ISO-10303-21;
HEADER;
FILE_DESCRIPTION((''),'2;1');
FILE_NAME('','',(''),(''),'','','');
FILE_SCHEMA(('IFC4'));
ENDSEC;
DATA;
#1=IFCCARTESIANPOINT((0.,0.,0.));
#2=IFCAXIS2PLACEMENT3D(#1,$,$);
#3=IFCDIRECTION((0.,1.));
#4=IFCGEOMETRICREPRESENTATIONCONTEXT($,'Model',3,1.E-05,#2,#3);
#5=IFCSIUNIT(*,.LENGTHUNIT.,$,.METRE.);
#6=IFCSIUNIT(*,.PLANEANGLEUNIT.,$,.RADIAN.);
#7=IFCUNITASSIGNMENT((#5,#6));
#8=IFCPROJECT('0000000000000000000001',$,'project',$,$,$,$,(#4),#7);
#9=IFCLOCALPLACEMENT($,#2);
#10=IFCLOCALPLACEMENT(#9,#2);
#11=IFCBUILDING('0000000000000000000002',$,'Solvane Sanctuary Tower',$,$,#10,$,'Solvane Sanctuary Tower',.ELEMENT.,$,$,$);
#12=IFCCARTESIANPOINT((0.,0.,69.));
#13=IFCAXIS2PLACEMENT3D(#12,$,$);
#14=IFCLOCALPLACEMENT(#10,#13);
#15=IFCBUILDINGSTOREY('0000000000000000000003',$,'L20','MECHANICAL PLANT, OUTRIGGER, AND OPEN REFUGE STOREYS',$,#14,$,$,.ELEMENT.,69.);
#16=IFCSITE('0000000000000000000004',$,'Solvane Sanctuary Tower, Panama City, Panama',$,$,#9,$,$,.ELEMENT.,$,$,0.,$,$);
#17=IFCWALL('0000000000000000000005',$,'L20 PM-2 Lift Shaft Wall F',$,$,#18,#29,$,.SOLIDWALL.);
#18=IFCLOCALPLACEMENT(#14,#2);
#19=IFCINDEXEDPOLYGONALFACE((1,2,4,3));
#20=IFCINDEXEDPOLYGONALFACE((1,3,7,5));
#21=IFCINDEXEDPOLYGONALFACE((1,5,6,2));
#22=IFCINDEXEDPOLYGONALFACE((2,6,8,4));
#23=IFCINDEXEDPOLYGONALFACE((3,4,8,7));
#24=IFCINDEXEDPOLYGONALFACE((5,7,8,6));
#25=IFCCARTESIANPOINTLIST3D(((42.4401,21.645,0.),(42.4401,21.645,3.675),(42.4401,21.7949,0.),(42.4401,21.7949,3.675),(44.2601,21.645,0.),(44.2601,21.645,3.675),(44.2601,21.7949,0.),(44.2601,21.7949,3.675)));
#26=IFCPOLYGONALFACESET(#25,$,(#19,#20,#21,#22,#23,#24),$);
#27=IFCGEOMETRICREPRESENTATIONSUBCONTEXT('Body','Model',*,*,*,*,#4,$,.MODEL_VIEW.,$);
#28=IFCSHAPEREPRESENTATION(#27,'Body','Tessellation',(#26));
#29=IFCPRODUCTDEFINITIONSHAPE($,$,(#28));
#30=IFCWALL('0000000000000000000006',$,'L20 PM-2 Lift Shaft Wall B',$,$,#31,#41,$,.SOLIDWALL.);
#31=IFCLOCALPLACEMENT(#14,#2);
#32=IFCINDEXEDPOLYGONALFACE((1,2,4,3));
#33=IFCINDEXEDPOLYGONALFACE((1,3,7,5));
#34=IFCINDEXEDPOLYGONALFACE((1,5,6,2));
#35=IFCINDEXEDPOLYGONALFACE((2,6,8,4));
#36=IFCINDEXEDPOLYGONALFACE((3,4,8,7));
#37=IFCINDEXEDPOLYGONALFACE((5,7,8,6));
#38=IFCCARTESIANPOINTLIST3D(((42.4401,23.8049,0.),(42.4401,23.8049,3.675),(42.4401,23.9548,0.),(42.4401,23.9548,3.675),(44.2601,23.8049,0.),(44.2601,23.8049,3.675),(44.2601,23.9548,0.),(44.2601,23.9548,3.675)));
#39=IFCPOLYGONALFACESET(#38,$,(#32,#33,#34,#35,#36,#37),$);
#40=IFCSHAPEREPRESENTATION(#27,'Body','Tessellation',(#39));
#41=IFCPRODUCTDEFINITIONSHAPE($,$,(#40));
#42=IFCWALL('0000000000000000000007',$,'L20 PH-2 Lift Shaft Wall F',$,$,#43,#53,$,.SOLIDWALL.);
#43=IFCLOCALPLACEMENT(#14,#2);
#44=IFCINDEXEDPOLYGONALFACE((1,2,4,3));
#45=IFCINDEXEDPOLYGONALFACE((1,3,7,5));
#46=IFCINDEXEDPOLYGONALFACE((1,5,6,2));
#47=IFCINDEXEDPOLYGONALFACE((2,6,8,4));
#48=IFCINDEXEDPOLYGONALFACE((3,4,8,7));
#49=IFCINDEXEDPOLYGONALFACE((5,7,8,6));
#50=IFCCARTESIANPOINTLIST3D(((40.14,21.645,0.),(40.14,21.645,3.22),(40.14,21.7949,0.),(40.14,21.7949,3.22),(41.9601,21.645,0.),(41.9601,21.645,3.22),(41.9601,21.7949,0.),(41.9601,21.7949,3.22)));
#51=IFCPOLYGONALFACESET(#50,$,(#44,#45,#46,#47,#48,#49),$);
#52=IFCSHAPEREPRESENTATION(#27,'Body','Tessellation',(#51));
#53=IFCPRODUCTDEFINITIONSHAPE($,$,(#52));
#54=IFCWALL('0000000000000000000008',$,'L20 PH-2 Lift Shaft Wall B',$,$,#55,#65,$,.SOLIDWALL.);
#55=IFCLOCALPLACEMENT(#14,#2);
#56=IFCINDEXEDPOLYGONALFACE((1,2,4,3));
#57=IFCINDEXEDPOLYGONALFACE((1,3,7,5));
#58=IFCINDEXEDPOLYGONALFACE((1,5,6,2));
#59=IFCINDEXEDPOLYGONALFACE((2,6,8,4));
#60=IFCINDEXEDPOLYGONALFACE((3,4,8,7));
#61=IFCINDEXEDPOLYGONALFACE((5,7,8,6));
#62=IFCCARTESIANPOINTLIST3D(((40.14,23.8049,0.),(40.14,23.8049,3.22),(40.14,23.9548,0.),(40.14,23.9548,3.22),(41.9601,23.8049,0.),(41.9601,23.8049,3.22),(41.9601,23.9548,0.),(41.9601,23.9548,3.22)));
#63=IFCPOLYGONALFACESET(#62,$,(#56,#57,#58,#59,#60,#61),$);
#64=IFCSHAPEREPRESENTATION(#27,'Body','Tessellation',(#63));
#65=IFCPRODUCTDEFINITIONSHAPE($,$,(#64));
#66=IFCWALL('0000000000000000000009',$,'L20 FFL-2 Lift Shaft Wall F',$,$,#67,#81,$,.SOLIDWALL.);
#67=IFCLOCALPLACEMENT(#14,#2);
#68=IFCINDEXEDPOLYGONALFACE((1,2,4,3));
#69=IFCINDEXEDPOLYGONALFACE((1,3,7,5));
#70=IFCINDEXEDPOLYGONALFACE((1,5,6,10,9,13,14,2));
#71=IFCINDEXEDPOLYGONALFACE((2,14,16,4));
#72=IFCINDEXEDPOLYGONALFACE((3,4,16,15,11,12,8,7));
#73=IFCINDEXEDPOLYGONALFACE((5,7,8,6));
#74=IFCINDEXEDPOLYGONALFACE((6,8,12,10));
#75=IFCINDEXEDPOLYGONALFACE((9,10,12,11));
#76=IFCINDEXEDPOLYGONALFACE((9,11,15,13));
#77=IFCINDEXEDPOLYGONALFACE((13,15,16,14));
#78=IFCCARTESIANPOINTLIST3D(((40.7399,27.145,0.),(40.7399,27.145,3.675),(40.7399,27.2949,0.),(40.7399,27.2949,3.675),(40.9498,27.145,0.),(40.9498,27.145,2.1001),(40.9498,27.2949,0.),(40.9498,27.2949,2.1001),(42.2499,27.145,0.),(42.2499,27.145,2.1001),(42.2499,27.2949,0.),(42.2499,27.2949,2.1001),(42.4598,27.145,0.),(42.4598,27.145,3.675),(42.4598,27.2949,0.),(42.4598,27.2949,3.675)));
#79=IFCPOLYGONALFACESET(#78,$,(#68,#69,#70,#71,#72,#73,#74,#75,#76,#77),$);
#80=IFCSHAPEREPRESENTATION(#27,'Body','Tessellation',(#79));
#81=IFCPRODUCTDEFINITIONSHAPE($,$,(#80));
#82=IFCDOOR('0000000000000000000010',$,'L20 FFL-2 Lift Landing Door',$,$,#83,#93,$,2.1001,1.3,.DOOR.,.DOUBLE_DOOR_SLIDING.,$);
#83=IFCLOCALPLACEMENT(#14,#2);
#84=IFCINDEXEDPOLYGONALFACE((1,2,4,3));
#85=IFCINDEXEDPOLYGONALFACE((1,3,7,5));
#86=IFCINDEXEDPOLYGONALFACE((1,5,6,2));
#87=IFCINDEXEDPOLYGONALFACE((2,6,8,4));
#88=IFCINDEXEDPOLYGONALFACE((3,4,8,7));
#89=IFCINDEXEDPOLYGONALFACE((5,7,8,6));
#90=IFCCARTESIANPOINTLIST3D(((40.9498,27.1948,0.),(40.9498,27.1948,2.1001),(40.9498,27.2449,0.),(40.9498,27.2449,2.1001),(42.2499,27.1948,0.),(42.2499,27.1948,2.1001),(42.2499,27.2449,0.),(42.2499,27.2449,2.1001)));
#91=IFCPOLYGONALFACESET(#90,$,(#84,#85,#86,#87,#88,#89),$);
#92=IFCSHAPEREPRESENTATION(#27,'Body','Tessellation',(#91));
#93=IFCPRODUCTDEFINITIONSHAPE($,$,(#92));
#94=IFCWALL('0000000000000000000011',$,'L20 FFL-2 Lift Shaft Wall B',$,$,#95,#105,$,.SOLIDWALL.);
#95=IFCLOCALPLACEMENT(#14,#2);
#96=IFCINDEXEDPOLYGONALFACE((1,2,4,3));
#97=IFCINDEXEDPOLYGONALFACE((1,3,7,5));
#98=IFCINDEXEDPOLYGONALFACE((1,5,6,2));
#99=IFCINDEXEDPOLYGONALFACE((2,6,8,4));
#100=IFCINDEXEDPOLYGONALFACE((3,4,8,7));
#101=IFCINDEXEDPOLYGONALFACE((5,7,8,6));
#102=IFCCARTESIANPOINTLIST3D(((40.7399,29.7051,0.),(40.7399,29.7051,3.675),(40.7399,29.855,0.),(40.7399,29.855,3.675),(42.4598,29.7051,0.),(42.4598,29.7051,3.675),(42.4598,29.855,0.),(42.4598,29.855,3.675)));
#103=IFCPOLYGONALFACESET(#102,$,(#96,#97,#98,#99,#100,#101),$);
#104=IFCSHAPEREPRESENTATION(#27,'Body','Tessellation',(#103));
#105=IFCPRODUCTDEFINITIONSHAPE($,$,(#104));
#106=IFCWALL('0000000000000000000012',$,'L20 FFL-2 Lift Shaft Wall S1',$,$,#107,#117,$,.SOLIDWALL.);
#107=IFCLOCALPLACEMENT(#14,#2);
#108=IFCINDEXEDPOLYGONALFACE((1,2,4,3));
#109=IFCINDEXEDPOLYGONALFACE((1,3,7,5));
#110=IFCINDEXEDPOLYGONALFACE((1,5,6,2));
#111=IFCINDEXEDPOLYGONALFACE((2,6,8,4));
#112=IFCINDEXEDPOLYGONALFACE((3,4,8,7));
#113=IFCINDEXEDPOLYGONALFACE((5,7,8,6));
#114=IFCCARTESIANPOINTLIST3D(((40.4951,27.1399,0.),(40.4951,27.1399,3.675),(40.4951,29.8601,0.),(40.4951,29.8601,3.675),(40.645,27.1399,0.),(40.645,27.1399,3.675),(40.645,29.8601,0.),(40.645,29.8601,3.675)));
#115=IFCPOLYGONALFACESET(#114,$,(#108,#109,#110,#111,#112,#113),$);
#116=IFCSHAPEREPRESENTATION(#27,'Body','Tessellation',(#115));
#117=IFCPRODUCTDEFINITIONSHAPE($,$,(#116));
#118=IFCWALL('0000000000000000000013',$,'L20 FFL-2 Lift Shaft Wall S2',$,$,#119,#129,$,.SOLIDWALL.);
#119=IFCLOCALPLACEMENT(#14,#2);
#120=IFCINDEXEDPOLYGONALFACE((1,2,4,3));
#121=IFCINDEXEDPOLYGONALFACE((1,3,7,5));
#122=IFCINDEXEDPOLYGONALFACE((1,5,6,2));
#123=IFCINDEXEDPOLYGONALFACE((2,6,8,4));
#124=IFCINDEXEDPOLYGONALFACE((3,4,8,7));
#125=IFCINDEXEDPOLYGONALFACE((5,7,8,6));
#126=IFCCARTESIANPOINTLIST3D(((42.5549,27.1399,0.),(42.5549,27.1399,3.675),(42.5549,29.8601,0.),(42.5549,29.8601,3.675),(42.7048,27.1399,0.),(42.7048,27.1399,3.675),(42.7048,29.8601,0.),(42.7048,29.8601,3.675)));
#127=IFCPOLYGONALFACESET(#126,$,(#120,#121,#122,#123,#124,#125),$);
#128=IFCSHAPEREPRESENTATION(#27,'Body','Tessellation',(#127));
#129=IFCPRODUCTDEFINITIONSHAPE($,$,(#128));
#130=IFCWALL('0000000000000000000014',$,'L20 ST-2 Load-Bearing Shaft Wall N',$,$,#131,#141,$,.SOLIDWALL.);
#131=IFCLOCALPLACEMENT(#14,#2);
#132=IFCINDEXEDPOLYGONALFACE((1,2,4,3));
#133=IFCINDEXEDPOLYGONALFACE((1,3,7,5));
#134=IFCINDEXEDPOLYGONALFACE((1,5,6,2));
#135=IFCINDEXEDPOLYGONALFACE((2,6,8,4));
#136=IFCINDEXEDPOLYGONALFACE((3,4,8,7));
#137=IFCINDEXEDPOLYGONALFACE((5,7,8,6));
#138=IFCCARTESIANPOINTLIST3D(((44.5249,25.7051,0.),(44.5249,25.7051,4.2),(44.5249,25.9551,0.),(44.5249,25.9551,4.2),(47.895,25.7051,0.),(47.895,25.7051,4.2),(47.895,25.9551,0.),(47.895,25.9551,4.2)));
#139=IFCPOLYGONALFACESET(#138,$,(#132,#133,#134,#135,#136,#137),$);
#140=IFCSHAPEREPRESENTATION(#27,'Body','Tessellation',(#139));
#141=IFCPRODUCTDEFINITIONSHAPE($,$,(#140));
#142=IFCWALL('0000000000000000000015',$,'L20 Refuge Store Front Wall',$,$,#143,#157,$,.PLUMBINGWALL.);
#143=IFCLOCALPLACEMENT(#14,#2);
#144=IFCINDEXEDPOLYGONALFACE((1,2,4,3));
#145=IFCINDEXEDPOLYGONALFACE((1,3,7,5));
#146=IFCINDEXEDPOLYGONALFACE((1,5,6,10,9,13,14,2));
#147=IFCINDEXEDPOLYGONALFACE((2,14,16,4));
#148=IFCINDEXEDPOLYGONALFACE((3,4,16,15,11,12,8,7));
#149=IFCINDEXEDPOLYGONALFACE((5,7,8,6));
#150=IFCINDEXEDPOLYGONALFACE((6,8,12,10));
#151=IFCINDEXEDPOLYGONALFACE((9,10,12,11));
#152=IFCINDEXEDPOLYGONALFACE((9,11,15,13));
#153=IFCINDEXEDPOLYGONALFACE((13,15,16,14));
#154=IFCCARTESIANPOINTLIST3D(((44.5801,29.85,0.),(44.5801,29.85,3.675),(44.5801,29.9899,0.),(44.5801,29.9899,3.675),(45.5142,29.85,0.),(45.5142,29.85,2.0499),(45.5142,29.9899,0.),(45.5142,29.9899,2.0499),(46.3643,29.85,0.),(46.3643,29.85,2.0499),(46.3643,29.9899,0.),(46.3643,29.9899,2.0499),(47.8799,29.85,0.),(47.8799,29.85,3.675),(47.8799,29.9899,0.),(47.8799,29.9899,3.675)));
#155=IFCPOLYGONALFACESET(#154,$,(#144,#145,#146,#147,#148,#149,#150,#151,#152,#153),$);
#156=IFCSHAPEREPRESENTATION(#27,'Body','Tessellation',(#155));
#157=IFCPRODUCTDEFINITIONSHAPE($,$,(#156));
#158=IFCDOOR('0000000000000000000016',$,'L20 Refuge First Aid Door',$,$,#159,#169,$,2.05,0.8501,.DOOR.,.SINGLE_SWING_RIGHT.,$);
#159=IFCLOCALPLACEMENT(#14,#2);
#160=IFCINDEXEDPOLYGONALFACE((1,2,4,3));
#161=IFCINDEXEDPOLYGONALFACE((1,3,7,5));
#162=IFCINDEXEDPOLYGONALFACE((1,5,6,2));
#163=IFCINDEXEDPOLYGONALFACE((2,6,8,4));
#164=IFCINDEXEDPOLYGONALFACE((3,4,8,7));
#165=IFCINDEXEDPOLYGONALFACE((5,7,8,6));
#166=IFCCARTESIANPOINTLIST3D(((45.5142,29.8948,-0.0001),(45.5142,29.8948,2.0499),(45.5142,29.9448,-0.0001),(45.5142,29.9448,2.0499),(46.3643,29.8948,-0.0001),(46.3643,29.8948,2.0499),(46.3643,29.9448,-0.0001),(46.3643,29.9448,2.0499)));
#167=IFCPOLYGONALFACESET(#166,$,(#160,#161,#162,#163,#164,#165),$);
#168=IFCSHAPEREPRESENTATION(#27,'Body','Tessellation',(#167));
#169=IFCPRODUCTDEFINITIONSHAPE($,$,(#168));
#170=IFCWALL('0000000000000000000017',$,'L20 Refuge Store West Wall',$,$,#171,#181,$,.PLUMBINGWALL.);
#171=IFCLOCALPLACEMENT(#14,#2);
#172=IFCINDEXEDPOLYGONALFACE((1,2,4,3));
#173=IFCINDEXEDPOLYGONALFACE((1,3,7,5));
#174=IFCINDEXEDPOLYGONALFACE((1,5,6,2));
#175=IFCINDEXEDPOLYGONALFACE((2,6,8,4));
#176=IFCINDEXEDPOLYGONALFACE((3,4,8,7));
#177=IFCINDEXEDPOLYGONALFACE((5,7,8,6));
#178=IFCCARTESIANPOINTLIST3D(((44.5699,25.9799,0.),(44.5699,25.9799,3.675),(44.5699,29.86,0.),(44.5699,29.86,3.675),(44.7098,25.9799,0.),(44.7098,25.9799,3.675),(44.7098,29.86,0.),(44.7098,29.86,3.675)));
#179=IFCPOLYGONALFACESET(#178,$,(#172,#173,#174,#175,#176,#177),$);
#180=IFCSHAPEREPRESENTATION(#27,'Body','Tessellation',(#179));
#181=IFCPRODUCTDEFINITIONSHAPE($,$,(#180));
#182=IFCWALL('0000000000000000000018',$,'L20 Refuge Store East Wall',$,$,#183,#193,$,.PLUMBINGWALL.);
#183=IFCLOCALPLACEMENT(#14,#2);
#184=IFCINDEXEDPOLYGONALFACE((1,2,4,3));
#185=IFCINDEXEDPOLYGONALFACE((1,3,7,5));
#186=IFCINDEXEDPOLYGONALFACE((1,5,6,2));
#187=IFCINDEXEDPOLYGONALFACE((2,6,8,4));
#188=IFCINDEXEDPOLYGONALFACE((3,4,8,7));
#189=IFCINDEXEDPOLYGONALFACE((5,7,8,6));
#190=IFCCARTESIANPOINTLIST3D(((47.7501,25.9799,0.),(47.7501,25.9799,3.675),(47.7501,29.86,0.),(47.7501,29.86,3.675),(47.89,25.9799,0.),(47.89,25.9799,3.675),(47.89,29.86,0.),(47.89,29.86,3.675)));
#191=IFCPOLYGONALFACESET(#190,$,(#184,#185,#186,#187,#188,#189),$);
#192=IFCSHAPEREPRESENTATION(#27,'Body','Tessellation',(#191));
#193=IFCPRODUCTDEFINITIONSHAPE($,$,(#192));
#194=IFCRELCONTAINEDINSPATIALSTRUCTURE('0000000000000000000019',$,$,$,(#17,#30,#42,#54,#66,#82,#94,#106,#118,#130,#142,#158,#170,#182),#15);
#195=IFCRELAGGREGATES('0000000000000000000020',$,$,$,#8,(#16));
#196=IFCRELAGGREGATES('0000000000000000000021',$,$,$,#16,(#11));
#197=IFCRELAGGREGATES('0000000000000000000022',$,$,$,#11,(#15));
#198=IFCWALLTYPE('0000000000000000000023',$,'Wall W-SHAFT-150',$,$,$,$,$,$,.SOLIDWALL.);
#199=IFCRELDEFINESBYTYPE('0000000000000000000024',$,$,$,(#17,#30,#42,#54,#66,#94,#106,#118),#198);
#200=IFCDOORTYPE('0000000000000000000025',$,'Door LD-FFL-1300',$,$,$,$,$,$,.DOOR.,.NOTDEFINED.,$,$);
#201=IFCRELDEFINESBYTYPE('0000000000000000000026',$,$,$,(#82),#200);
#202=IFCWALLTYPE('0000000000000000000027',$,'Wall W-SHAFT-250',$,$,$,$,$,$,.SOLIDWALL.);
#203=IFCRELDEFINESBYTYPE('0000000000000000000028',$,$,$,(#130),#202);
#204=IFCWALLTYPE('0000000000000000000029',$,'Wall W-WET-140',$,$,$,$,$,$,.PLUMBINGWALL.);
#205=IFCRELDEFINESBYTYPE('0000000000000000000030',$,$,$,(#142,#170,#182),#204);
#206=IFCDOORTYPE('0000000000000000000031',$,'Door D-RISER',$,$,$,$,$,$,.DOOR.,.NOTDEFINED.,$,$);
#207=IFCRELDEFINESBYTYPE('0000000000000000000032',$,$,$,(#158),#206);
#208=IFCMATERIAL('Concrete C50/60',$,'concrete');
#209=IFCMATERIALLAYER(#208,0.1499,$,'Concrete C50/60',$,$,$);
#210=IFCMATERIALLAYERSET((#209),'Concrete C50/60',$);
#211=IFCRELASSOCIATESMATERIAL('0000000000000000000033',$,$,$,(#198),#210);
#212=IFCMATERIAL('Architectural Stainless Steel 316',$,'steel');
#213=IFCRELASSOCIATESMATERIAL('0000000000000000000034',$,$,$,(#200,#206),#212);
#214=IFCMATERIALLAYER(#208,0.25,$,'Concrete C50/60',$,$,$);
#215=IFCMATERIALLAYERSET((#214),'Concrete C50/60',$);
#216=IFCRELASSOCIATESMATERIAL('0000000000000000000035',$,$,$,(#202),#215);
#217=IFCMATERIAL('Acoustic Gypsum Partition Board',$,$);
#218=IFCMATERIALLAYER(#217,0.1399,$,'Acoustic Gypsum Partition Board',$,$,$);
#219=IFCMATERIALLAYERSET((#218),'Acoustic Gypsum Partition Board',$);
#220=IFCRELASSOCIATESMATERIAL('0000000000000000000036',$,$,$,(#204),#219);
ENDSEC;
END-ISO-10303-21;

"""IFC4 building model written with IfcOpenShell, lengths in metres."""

from ifc_helpers import new_model, si_unit, direction, frame, frame_2d, origin, place, context, subcontext, project, spatial, rectangle, extrude, material, layer, layer_set, type_object, element, fill, save


model = new_model("IFC4")

# Units and contexts
model_context = context("Model", 3, precision=1e-05, world=origin(), true_north=direction((0.0, 1.0)))
body_context = subcontext(model_context, "Body", "Model", "MODEL_VIEW")
ifc_project = project(units=[si_unit("LENGTHUNIT", "METRE"), si_unit("PLANEANGLEUNIT", "RADIAN")], contexts=[model_context])

# Site, building, storey
site_placement = place(None, origin())
site = spatial("IfcSite", under=ifc_project, at=site_placement, Name="Solvane Sanctuary Tower, Panama City, Panama", CompositionType="ELEMENT", RefElevation=0.0)
building_placement = place(site_placement, origin())
building = spatial("IfcBuilding", under=site, at=building_placement, Name="Solvane Sanctuary Tower", LongName="Solvane Sanctuary Tower", CompositionType="ELEMENT")
storey_placement = place(building_placement, frame((0.0, 0.0, 69.0)))
storey = spatial("IfcBuildingStorey", under=building, at=storey_placement, Name="L20", Description="MECHANICAL PLANT, OUTRIGGER, AND OPEN REFUGE STOREYS", CompositionType="ELEMENT", Elevation=69.0)

# Walls
ifc_material_1 = material(Name="Acoustic Gypsum Partition Board")
ifc_material_2 = material(Name="Concrete C50/60", Category="concrete")
ifc_layer_1 = layer(ifc_material_2, 0.1499, Name="Concrete C50/60")
ifc_layer_set_1 = layer_set([ifc_layer_1], Name="Concrete C50/60")
wall_type_1 = type_object("IfcWallType", Name="Wall W-SHAFT-150", PredefinedType="SOLIDWALL", material=ifc_layer_set_1)
for number, where, z_axis, x_axis, name in (
    (1, (42.4399, 21.72, 0.0), (0.0, 0.0, 1.0), (1.0, 0.0, 0.0), "L20 PM-2 Lift Shaft Wall F"),
    (2, (42.4399, 23.8799, 0.0), (0.0, 0.0, 1.0), (1.0, 0.0, 0.0), "L20 PM-2 Lift Shaft Wall B"),
):
    element("IfcWall", number, at=place(storey_placement, frame(where, z_axis=z_axis, x_axis=x_axis)), inside=storey, type_object=wall_type_1, Name=name, PredefinedType="SOLIDWALL", context=body_context, shape_type="SweptSolid", body=[
        extrude(rectangle(XDim=1.8201, YDim=0.1499, at=frame_2d((0.9102, 0.0))), origin(), (0.0, 0.0, 1.0), 3.675),
    ])
for number, where, z_axis, x_axis, name in (
    (3, (40.1399, 21.72, 0.0), (0.0, 0.0, 1.0), (1.0, 0.0, 0.0), "L20 PH-2 Lift Shaft Wall F"),
    (4, (40.1399, 23.8799, 0.0), (0.0, 0.0, 1.0), (1.0, 0.0, 0.0), "L20 PH-2 Lift Shaft Wall B"),
):
    element("IfcWall", number, at=place(storey_placement, frame(where, z_axis=z_axis, x_axis=x_axis)), inside=storey, type_object=wall_type_1, Name=name, PredefinedType="SOLIDWALL", context=body_context, shape_type="SweptSolid", body=[
        extrude(rectangle(XDim=1.8201, YDim=0.1499, at=frame_2d((0.9102, 0.0))), origin(), (0.0, 0.0, 1.0), 3.22),
    ])

# Wall, opening, door
wall_1_placement = place(storey_placement, frame((40.74, 27.22, 0.0), z_axis=(0.0, 0.0, 1.0), x_axis=(1.0, 0.0, 0.0)))
wall_1 = element("IfcWall", 5, at=wall_1_placement, inside=storey, type_object=wall_type_1, Name="L20 FFL-2 Lift Shaft Wall F", PredefinedType="SOLIDWALL", context=body_context, shape_type="SweptSolid", body=[
    extrude(rectangle(XDim=1.72, YDim=0.1499, at=frame_2d((0.8599, 0.0))), origin(), (0.0, 0.0, 1.0), 3.675),
])
opening_1_placement = place(wall_1_placement, frame((0.21, 0.0, 0.0)))
opening_1 = element("IfcOpeningElement", 6, at=opening_1_placement, cuts=wall_1, PredefinedType="OPENING", context=body_context, shape_type="SweptSolid", body=[
    extrude(rectangle(XDim=1.3, YDim=2.1001, at=frame_2d((0.6499, 1.05))), frame((0.0, 0.085, 0.0), z_axis=(0.0, -1.0, 0.0), x_axis=(1.0, 0.0, 0.0)), (0.0, 0.0, 1.0), 0.1699),
])
ifc_material_3 = material(Name="Architectural Stainless Steel 316", Category="steel")
door_type_1 = type_object("IfcDoorType", Name="Door LD-FFL-1300", OperationType="NOTDEFINED", PredefinedType="DOOR", material=ifc_material_3)
door_1_placement = place(opening_1_placement, origin())
door_1 = element("IfcDoor", 7, at=door_1_placement, inside=storey, type_object=door_type_1, Name="L20 FFL-2 Lift Landing Door", OperationType="DOUBLE_DOOR_SLIDING", OverallHeight=2.1001, OverallWidth=1.3, PredefinedType="DOOR", context=body_context, shape_type="SweptSolid", body=[
    extrude(rectangle(XDim=1.3, YDim=2.1001, at=frame_2d((0.6499, 1.05))), frame((0.0, 0.0249, 0.0), z_axis=(0.0, -1.0, 0.0), x_axis=(1.0, 0.0, 0.0)), (0.0, 0.0, 1.0), 0.05),
])
fill(opening_1, door_1)

# Walls
wall_2_placement = place(storey_placement, frame((40.74, 29.78, 0.0), z_axis=(0.0, 0.0, 1.0), x_axis=(1.0, 0.0, 0.0)))
element("IfcWall", 8, at=wall_2_placement, inside=storey, type_object=wall_type_1, Name="L20 FFL-2 Lift Shaft Wall B", PredefinedType="SOLIDWALL", context=body_context, shape_type="SweptSolid", body=[
    extrude(rectangle(XDim=1.72, YDim=0.1499, at=frame_2d((0.8599, 0.0))), origin(), (0.0, 0.0, 1.0), 3.675),
])
for number, where, z_axis, x_axis, name in (
    (9, (40.5701, 27.1399, 0.0), (0.0, 0.0, 1.0), (0.0, 1.0, 0.0), "L20 FFL-2 Lift Shaft Wall S1"),
    (10, (42.6299, 27.1399, 0.0), (0.0, 0.0, 1.0), (0.0, 1.0, 0.0), "L20 FFL-2 Lift Shaft Wall S2"),
):
    element("IfcWall", number, at=place(storey_placement, frame(where, z_axis=z_axis, x_axis=x_axis)), inside=storey, type_object=wall_type_1, Name=name, PredefinedType="SOLIDWALL", context=body_context, shape_type="SweptSolid", body=[
        extrude(rectangle(XDim=2.7202, YDim=0.1499, at=frame_2d((1.3601, 0.0))), origin(), (0.0, 0.0, 1.0), 3.675),
    ])
ifc_layer_2 = layer(ifc_material_2, 0.25, Name="Concrete C50/60")
ifc_layer_set_2 = layer_set([ifc_layer_2], Name="Concrete C50/60")
wall_type_2 = type_object("IfcWallType", Name="Wall W-SHAFT-250", PredefinedType="SOLIDWALL", material=ifc_layer_set_2)
wall_3_placement = place(storey_placement, frame((44.5249, 25.8301, 0.0), z_axis=(0.0, 0.0, 1.0), x_axis=(1.0, 0.0, 0.0)))
element("IfcWall", 11, at=wall_3_placement, inside=storey, type_object=wall_type_2, Name="L20 ST-2 Load-Bearing Shaft Wall N", PredefinedType="SOLIDWALL", context=body_context, shape_type="SweptSolid", body=[
    extrude(rectangle(XDim=3.3701, YDim=0.25, at=frame_2d((1.6851, 0.0))), origin(), (0.0, 0.0, 1.0), 4.2),
])

# Wall, opening, door
ifc_layer_3 = layer(ifc_material_1, 0.1399, Name="Acoustic Gypsum Partition Board")
ifc_layer_set_3 = layer_set([ifc_layer_3], Name="Acoustic Gypsum Partition Board")
wall_type_3 = type_object("IfcWallType", Name="Wall W-WET-140", PredefinedType="PLUMBINGWALL", material=ifc_layer_set_3)
wall_4_placement = place(storey_placement, frame((44.5801, 29.9199, 0.0), z_axis=(0.0, 0.0, 1.0), x_axis=(1.0, 0.0, 0.0)))
wall_4 = element("IfcWall", 12, at=wall_4_placement, inside=storey, type_object=wall_type_3, Name="L20 Refuge Store Front Wall", PredefinedType="PLUMBINGWALL", context=body_context, shape_type="SweptSolid", body=[
    extrude(rectangle(XDim=3.2998, YDim=0.1399, at=frame_2d((1.6499, 0.0))), origin(), (0.0, 0.0, 1.0), 3.675),
])
opening_2_placement = place(wall_4_placement, frame((0.9341, 0.0, 0.0)))
opening_2 = element("IfcOpeningElement", 13, at=opening_2_placement, cuts=wall_4, PredefinedType="OPENING", context=body_context, shape_type="SweptSolid", body=[
    extrude(rectangle(XDim=0.8501, YDim=2.05, at=frame_2d((0.425, 1.0249))), frame((0.0, 0.0798, 0.0), z_axis=(0.0, -1.0, 0.0), x_axis=(1.0, 0.0, 0.0)), (0.0, 0.0, 1.0), 0.1599),
])
door_type_2 = type_object("IfcDoorType", Name="Door D-RISER", OperationType="NOTDEFINED", PredefinedType="DOOR", material=ifc_material_3)
door_2_placement = place(opening_2_placement, origin())
door_2 = element("IfcDoor", 14, at=door_2_placement, inside=storey, type_object=door_type_2, Name="L20 Refuge First Aid Door", OperationType="SINGLE_SWING_RIGHT", OverallHeight=2.05, OverallWidth=0.8501, PredefinedType="DOOR", context=body_context, shape_type="SweptSolid", body=[
    extrude(rectangle(XDim=0.8501, YDim=2.05, at=frame_2d((0.425, 1.0249))), frame((0.0, 0.0249, 0.0), z_axis=(0.0, -1.0, 0.0), x_axis=(1.0, 0.0, 0.0)), (0.0, 0.0, 1.0), 0.05),
])
fill(opening_2, door_2)

# Walls
for number, where, z_axis, x_axis, name in (
    (15, (44.6399, 25.98, 0.0), (0.0, 0.0, 1.0), (0.0, 1.0, 0.0), "L20 Refuge Store West Wall"),
    (16, (47.8201, 25.98, 0.0), (0.0, 0.0, 1.0), (0.0, 1.0, 0.0), "L20 Refuge Store East Wall"),
):
    element("IfcWall", number, at=place(storey_placement, frame(where, z_axis=z_axis, x_axis=x_axis)), inside=storey, type_object=wall_type_3, Name=name, PredefinedType="PLUMBINGWALL", context=body_context, shape_type="SweptSolid", body=[
        extrude(rectangle(XDim=3.8801, YDim=0.1399, at=frame_2d((1.9399, 0.0))), origin(), (0.0, 0.0, 1.0), 3.675),
    ])

save(model, "model.ifc")
